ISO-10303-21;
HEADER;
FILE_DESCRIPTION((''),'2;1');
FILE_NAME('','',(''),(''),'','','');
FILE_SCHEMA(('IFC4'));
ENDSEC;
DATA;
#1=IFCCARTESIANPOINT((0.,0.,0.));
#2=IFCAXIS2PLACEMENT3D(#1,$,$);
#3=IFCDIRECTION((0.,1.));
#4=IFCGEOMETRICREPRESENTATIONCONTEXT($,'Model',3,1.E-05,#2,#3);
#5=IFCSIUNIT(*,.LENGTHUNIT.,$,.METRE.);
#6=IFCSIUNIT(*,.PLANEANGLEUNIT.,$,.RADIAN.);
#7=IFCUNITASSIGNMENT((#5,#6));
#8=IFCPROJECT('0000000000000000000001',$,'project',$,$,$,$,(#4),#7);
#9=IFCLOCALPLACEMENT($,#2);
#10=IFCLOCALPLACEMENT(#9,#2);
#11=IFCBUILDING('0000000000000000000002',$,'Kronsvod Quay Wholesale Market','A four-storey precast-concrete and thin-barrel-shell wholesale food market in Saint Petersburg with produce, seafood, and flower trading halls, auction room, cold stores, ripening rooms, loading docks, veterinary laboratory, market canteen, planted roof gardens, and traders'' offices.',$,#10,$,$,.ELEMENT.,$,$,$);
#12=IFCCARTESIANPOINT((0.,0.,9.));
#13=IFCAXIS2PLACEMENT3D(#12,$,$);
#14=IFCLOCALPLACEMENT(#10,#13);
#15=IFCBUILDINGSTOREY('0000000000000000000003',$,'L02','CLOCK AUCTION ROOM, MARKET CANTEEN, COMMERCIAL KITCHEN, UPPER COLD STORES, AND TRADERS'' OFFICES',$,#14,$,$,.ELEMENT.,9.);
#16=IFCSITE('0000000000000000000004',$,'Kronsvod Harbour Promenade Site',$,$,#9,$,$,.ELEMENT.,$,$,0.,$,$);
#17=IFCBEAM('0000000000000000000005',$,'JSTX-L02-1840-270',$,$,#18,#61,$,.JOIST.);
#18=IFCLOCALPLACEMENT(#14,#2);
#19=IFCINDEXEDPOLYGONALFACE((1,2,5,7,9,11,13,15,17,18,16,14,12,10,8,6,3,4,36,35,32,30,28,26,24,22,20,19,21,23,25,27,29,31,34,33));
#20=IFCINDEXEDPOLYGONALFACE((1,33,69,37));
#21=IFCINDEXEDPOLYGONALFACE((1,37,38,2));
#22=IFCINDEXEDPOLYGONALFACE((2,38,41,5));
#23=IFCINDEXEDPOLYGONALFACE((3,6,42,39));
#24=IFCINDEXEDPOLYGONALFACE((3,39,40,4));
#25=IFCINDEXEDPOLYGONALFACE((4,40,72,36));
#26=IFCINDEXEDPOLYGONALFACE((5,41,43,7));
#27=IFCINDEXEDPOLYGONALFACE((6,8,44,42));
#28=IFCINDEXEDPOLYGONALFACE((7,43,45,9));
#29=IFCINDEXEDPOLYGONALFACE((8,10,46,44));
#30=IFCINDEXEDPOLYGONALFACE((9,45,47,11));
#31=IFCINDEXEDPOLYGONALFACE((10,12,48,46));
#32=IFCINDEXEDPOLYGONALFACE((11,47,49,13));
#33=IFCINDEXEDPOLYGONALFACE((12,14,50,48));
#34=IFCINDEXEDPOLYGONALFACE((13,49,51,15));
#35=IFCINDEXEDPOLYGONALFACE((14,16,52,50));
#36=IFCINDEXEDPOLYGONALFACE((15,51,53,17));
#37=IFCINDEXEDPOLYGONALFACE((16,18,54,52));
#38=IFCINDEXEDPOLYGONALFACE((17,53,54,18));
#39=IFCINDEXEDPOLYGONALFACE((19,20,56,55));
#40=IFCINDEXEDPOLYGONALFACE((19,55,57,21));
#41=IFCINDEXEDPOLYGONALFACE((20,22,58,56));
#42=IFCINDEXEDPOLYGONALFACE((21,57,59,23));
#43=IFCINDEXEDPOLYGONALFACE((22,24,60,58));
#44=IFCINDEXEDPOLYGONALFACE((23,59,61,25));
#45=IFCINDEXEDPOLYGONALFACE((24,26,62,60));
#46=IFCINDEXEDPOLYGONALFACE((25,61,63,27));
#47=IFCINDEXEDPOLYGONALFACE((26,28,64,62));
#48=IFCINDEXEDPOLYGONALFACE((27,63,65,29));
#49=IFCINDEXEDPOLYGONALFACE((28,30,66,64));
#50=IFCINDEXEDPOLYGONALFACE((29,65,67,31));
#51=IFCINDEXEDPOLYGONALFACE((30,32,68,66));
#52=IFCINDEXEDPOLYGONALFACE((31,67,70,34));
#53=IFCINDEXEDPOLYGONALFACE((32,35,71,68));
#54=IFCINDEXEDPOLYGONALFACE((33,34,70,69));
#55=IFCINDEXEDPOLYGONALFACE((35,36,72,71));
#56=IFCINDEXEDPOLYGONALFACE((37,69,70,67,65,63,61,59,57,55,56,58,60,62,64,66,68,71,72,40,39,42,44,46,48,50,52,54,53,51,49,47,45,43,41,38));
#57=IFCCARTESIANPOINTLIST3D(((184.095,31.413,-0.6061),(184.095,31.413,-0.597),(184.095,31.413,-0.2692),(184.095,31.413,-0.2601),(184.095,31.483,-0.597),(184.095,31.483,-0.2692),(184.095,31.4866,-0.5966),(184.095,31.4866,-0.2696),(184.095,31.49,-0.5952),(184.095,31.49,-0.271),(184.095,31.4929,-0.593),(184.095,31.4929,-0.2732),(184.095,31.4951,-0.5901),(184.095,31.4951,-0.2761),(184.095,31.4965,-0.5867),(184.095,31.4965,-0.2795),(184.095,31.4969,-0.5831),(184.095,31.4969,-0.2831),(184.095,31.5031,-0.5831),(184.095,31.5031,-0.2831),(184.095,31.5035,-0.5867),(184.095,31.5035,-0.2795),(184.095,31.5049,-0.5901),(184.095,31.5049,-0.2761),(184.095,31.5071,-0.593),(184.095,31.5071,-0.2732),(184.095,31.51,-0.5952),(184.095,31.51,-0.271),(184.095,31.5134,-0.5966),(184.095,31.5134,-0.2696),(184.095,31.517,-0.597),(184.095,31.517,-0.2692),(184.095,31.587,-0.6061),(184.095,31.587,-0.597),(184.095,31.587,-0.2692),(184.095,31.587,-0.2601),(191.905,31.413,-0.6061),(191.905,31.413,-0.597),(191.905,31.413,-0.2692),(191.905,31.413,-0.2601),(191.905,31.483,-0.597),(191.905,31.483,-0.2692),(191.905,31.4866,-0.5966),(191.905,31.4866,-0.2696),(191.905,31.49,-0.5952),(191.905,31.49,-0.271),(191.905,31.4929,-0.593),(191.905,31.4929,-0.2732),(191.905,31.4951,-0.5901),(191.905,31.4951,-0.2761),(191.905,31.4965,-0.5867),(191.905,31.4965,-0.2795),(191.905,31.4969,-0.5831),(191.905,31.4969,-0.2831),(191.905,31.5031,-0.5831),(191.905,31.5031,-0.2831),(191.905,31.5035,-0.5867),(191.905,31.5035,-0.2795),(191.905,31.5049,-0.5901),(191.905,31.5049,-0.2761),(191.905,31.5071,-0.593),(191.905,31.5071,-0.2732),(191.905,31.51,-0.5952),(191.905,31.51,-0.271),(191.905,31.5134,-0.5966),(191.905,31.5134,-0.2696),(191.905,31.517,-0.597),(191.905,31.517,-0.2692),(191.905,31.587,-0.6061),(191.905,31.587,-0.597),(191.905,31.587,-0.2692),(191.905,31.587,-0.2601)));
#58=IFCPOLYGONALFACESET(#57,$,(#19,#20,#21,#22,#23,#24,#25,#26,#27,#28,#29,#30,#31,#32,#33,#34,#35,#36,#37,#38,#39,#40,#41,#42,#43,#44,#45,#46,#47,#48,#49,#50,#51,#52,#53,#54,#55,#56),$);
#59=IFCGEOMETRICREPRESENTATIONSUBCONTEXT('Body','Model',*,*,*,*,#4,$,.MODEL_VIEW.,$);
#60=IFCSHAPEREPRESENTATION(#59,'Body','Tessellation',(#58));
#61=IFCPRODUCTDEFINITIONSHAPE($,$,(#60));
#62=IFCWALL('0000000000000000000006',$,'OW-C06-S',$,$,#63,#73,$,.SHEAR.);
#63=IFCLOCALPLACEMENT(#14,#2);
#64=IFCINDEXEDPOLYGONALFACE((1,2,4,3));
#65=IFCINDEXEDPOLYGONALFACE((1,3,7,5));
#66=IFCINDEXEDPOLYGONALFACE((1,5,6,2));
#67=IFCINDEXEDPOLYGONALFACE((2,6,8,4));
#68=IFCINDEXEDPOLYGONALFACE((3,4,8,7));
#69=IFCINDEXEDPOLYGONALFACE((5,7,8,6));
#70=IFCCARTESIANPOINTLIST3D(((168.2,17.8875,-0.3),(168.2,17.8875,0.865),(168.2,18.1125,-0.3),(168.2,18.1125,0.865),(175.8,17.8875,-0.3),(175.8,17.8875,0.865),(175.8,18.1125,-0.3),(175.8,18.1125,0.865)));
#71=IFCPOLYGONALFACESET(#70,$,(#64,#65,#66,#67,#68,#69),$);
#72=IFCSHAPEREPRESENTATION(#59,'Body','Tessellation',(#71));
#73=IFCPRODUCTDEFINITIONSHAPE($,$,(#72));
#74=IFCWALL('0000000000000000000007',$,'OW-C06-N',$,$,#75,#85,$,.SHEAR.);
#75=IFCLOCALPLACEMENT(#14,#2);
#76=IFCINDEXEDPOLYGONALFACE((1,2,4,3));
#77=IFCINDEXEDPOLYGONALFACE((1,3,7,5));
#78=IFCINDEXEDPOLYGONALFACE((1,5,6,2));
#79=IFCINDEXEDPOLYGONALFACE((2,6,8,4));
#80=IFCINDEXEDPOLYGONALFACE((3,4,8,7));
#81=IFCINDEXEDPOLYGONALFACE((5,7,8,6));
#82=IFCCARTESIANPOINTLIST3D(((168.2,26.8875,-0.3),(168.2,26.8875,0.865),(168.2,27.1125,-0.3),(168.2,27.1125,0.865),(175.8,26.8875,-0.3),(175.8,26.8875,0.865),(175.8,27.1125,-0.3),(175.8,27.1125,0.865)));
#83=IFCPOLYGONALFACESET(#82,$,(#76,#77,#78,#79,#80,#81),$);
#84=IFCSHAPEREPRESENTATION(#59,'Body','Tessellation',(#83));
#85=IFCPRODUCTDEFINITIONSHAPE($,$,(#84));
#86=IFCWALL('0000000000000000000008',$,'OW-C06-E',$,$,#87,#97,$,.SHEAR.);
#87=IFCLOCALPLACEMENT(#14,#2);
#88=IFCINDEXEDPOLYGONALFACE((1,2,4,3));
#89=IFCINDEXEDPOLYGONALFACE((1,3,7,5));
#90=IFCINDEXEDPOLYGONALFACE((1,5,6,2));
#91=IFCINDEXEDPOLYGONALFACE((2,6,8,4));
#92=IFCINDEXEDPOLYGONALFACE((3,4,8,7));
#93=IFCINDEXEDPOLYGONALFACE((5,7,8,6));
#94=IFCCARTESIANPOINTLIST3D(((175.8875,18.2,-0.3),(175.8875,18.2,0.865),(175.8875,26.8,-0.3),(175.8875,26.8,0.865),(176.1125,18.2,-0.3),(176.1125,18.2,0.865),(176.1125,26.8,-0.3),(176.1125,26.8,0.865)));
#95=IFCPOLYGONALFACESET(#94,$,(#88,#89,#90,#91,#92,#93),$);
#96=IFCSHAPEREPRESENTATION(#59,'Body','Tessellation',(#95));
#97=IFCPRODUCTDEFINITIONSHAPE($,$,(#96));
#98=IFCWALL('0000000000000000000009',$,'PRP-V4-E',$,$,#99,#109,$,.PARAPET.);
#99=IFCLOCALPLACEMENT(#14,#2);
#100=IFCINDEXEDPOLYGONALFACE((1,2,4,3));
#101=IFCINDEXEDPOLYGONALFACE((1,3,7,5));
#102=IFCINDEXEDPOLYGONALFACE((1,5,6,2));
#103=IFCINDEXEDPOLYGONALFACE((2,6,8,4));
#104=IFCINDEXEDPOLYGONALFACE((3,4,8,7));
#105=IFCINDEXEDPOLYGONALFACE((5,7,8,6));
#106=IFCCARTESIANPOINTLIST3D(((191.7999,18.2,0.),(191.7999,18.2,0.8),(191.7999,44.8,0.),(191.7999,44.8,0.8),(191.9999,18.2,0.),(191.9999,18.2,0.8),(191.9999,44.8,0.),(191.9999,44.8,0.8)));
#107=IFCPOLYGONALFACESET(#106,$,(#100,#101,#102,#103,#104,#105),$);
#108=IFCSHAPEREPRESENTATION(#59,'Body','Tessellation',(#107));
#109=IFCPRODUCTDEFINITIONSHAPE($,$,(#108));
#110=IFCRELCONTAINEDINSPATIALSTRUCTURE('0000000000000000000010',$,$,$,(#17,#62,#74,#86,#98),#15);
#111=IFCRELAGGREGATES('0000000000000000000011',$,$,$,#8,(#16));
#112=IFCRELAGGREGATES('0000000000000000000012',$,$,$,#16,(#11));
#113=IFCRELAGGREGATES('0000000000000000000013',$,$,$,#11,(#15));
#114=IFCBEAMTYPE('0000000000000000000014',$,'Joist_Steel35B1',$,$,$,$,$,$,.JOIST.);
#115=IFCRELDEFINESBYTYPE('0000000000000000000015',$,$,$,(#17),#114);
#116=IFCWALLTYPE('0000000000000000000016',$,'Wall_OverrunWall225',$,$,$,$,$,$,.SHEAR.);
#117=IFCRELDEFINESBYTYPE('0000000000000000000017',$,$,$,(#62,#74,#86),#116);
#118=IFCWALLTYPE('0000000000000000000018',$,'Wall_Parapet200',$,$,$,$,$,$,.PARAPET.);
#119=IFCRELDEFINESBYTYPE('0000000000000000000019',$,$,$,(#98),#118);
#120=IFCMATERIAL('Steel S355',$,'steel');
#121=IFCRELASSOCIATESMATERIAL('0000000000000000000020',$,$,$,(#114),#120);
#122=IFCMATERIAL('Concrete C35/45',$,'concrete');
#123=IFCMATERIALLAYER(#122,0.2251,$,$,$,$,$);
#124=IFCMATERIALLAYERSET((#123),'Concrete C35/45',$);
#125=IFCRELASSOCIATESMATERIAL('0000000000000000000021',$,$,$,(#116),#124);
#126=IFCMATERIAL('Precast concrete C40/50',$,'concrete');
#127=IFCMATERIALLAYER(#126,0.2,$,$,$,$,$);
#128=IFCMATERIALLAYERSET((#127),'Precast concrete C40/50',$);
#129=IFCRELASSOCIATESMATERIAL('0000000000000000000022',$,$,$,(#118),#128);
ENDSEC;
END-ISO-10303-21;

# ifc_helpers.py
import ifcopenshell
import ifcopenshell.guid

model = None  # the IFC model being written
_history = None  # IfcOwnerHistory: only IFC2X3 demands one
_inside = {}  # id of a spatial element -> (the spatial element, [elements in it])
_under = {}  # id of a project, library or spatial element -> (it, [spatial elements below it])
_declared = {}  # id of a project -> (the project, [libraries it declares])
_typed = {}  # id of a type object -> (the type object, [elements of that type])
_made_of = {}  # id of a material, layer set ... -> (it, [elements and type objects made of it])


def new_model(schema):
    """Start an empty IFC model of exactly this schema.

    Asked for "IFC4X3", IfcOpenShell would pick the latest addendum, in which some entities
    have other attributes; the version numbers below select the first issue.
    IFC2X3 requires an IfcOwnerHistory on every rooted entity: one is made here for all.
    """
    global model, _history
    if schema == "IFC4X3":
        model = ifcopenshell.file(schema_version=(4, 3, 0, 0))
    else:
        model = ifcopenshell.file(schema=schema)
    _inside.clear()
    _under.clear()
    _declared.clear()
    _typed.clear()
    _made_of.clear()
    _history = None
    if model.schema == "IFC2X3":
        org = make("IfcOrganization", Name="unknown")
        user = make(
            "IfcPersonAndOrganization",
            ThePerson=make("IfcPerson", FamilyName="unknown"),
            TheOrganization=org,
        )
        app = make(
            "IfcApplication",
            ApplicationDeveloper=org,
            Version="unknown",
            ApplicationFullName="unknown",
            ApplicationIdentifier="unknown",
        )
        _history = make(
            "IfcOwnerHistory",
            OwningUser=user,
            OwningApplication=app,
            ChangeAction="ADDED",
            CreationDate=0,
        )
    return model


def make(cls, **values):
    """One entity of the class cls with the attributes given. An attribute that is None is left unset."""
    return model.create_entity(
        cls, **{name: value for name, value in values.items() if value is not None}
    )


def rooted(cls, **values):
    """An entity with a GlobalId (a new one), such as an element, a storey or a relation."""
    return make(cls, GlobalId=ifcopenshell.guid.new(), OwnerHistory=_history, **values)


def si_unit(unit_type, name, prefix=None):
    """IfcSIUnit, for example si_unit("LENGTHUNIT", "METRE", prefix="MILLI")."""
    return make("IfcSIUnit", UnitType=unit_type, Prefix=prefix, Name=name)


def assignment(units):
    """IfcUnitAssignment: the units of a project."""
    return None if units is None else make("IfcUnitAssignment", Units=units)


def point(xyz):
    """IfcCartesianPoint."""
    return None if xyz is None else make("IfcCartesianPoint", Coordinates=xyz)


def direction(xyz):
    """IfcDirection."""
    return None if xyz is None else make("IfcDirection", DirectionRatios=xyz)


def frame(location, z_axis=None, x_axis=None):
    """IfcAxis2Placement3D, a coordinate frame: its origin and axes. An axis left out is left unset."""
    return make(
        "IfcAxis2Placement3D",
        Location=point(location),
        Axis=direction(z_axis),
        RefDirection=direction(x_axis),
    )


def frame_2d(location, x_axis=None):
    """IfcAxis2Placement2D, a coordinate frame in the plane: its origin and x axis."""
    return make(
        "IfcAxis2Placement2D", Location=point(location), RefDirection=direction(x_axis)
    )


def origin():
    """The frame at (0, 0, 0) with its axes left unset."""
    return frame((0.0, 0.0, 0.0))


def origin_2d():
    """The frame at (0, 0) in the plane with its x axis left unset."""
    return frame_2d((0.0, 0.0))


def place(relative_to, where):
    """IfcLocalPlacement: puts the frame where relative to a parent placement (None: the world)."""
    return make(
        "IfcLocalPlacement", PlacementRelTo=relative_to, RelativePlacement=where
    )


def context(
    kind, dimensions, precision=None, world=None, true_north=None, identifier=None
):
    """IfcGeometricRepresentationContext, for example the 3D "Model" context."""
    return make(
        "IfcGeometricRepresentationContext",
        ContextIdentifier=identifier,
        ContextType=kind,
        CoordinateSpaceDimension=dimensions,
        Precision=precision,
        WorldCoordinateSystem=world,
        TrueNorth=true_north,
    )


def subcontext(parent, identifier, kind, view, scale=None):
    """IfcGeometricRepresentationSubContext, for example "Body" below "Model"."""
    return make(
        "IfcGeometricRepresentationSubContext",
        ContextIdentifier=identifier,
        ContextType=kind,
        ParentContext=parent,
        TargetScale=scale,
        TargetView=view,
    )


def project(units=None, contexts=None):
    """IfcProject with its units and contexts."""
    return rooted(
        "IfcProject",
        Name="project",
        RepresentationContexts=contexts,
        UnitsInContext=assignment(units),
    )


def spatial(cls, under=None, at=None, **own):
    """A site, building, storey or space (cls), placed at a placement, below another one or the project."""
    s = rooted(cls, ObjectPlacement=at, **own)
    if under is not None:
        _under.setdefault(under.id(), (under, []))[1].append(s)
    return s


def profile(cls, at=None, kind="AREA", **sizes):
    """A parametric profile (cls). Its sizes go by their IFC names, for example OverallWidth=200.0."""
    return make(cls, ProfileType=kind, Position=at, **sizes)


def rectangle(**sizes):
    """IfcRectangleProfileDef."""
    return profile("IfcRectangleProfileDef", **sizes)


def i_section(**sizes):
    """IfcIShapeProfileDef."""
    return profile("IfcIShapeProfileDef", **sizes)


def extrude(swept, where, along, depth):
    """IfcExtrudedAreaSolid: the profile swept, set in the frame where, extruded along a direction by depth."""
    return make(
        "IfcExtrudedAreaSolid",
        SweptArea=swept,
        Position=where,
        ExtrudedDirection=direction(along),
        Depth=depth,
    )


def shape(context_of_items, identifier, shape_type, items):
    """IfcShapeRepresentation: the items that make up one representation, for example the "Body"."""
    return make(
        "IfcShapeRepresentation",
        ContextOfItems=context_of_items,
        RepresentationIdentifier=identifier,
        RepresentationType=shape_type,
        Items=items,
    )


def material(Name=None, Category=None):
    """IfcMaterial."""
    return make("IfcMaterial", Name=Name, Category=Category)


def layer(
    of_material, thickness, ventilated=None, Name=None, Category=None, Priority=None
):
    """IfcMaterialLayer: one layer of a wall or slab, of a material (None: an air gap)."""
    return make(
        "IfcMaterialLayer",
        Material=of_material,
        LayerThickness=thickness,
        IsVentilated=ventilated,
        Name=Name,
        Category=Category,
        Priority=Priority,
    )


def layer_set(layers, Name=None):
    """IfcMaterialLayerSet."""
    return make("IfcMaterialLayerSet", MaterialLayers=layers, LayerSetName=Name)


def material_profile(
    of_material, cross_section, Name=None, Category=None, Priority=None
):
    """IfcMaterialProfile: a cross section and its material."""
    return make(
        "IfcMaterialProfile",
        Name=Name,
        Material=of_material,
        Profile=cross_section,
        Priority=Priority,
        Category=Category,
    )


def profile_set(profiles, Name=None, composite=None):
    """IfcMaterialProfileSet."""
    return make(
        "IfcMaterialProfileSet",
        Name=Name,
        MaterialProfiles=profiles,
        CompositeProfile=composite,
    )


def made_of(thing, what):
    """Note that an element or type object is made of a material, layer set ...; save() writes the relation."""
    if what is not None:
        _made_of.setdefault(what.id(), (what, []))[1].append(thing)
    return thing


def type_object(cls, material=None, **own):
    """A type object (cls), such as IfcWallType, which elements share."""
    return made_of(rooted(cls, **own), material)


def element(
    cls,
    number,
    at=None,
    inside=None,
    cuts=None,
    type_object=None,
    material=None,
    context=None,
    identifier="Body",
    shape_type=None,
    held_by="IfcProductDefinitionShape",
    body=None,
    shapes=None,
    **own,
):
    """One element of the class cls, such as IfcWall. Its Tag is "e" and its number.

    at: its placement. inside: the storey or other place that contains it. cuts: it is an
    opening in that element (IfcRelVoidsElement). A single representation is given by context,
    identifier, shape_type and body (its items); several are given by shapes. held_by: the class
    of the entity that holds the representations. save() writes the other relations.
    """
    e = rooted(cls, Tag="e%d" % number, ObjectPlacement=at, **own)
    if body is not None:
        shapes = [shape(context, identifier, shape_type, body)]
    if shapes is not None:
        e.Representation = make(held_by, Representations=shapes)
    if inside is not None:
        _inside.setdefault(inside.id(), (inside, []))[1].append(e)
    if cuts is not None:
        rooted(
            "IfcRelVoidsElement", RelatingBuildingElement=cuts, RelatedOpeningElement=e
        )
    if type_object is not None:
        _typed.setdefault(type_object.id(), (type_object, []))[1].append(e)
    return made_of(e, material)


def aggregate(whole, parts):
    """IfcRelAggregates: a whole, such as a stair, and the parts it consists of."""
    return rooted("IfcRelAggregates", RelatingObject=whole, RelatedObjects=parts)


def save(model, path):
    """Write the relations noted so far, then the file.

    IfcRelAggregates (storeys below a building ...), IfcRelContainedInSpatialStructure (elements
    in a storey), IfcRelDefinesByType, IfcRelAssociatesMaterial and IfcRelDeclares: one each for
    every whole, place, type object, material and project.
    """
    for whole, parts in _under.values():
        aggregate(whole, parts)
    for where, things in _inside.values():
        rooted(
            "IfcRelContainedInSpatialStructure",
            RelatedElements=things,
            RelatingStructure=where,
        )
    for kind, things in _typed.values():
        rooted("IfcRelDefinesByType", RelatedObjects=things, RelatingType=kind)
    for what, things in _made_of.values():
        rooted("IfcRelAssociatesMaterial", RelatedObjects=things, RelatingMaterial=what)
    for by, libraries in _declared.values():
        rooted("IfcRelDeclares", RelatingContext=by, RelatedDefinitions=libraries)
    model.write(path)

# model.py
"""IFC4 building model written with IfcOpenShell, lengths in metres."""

from ifc_helpers import new_model, si_unit, direction, frame, frame_2d, origin, origin_2d, place, context, subcontext, project, spatial, rectangle, i_section, extrude, material, layer, layer_set, material_profile, profile_set, type_object, element, save


model = new_model("IFC4")

# Units and contexts
model_context = context("Model", 3, precision=1e-05, world=origin(), true_north=direction((0.0, 1.0)))
body_context = subcontext(model_context, "Body", "Model", "MODEL_VIEW")
ifc_project = project(units=[si_unit("LENGTHUNIT", "METRE"), si_unit("PLANEANGLEUNIT", "RADIAN")], contexts=[model_context])

# Site, building, storey
site_placement = place(None, origin())
site = spatial("IfcSite", under=ifc_project, at=site_placement, Name="Kronsvod Harbour Promenade Site", CompositionType="ELEMENT", RefElevation=0.0)
building_placement = place(site_placement, origin())
building = spatial("IfcBuilding", under=site, at=building_placement, Name="Kronsvod Quay Wholesale Market", Description="A four-storey precast-concrete and thin-barrel-shell wholesale food market in Saint Petersburg with produce, seafood, and flower trading halls, auction room, cold stores, ripening rooms, loading docks, veterinary laboratory, market canteen, planted roof gardens, and traders' offices.", CompositionType="ELEMENT")
storey_placement = place(building_placement, frame((0.0, 0.0, 9.0)))
storey = spatial("IfcBuildingStorey", under=building, at=storey_placement, Name="L02", Description="CLOCK AUCTION ROOM, MARKET CANTEEN, COMMERCIAL KITCHEN, UPPER COLD STORES, AND TRADERS' OFFICES", CompositionType="ELEMENT", Elevation=9.0)

# Beam
ifc_material_1 = material(Name="Steel S355", Category="steel")
ifc_material_profile_1 = material_profile(ifc_material_1, i_section(OverallWidth=0.1741, OverallDepth=0.3459, WebThickness=0.0061, FlangeThickness=0.009, FilletRadius=0.0139, at=origin_2d()), Name="35B1")
ifc_profile_set_1 = profile_set([ifc_material_profile_1], Name="Steel S355")
beam_type_1 = type_object("IfcBeamType", Name="Joist_Steel35B1", PredefinedType="JOIST", material=ifc_profile_set_1)
for number, where, z_axis, x_axis, name in (
    (1, (184.095, 31.5, -0.4331), (1.0, 0.0, 0.0), (0.0, 1.0, 0.0), "JSTX-L02-1840-270"),
):
    element("IfcBeam", number, at=place(storey_placement, frame(where, z_axis=z_axis, x_axis=x_axis)), inside=storey, type_object=beam_type_1, Name=name, PredefinedType="JOIST", context=body_context, shape_type="SweptSolid", body=[
        extrude(i_section(OverallWidth=0.1741, OverallDepth=0.3459, WebThickness=0.0061, FlangeThickness=0.009, FilletRadius=0.0139, at=origin_2d()), origin(), (0.0, 0.0, 1.0), 7.8101),
    ])

# Walls
ifc_material_2 = material(Name="Concrete C35/45", Category="concrete")
ifc_layer_1 = layer(ifc_material_2, 0.2251)
ifc_layer_set_1 = layer_set([ifc_layer_1], Name="Concrete C35/45")
wall_type_1 = type_object("IfcWallType", Name="Wall_OverrunWall225", PredefinedType="SHEAR", material=ifc_layer_set_1)
for number, where, z_axis, x_axis, name in (
    (2, (168.2, 18.0, -0.3), (0.0, 0.0, 1.0), (1.0, 0.0, 0.0), "OW-C06-S"),
    (3, (168.2, 27.0, -0.3), (0.0, 0.0, 1.0), (1.0, 0.0, 0.0), "OW-C06-N"),
):
    element("IfcWall", number, at=place(storey_placement, frame(where, z_axis=z_axis, x_axis=x_axis)), inside=storey, type_object=wall_type_1, Name=name, PredefinedType="SHEAR", context=body_context, shape_type="SweptSolid", body=[
        extrude(rectangle(XDim=7.6001, YDim=0.2251, at=frame_2d((3.8, 0.0))), origin(), (0.0, 0.0, 1.0), 1.165),
    ])
wall_1_placement = place(storey_placement, frame((176.0, 18.2, -0.3), z_axis=(0.0, 0.0, 1.0), x_axis=(0.0, 1.0, 0.0)))
element("IfcWall", 4, at=wall_1_placement, inside=storey, type_object=wall_type_1, Name="OW-C06-E", PredefinedType="SHEAR", context=body_context, shape_type="SweptSolid", body=[
    extrude(rectangle(XDim=8.6001, YDim=0.2251, at=frame_2d((4.3, 0.0))), origin(), (0.0, 0.0, 1.0), 1.165),
])
ifc_material_3 = material(Name="Precast concrete C40/50", Category="concrete")
ifc_layer_2 = layer(ifc_material_3, 0.2)
ifc_layer_set_2 = layer_set([ifc_layer_2], Name="Precast concrete C40/50")
wall_type_2 = type_object("IfcWallType", Name="Wall_Parapet200", PredefinedType="PARAPET", material=ifc_layer_set_2)
wall_2_placement = place(storey_placement, frame((191.8999, 18.2, 0.0), z_axis=(0.0, 0.0, 1.0), x_axis=(0.0, 1.0, 0.0)))
element("IfcWall", 5, at=wall_2_placement, inside=storey, type_object=wall_type_2, Name="PRP-V4-E", PredefinedType="PARAPET", context=body_context, shape_type="SweptSolid", body=[
    extrude(rectangle(XDim=26.6001, YDim=0.2, at=frame_2d((13.3, 0.0))), origin(), (0.0, 0.0, 1.0), 0.8),
])

save(model, "model.ifc")
